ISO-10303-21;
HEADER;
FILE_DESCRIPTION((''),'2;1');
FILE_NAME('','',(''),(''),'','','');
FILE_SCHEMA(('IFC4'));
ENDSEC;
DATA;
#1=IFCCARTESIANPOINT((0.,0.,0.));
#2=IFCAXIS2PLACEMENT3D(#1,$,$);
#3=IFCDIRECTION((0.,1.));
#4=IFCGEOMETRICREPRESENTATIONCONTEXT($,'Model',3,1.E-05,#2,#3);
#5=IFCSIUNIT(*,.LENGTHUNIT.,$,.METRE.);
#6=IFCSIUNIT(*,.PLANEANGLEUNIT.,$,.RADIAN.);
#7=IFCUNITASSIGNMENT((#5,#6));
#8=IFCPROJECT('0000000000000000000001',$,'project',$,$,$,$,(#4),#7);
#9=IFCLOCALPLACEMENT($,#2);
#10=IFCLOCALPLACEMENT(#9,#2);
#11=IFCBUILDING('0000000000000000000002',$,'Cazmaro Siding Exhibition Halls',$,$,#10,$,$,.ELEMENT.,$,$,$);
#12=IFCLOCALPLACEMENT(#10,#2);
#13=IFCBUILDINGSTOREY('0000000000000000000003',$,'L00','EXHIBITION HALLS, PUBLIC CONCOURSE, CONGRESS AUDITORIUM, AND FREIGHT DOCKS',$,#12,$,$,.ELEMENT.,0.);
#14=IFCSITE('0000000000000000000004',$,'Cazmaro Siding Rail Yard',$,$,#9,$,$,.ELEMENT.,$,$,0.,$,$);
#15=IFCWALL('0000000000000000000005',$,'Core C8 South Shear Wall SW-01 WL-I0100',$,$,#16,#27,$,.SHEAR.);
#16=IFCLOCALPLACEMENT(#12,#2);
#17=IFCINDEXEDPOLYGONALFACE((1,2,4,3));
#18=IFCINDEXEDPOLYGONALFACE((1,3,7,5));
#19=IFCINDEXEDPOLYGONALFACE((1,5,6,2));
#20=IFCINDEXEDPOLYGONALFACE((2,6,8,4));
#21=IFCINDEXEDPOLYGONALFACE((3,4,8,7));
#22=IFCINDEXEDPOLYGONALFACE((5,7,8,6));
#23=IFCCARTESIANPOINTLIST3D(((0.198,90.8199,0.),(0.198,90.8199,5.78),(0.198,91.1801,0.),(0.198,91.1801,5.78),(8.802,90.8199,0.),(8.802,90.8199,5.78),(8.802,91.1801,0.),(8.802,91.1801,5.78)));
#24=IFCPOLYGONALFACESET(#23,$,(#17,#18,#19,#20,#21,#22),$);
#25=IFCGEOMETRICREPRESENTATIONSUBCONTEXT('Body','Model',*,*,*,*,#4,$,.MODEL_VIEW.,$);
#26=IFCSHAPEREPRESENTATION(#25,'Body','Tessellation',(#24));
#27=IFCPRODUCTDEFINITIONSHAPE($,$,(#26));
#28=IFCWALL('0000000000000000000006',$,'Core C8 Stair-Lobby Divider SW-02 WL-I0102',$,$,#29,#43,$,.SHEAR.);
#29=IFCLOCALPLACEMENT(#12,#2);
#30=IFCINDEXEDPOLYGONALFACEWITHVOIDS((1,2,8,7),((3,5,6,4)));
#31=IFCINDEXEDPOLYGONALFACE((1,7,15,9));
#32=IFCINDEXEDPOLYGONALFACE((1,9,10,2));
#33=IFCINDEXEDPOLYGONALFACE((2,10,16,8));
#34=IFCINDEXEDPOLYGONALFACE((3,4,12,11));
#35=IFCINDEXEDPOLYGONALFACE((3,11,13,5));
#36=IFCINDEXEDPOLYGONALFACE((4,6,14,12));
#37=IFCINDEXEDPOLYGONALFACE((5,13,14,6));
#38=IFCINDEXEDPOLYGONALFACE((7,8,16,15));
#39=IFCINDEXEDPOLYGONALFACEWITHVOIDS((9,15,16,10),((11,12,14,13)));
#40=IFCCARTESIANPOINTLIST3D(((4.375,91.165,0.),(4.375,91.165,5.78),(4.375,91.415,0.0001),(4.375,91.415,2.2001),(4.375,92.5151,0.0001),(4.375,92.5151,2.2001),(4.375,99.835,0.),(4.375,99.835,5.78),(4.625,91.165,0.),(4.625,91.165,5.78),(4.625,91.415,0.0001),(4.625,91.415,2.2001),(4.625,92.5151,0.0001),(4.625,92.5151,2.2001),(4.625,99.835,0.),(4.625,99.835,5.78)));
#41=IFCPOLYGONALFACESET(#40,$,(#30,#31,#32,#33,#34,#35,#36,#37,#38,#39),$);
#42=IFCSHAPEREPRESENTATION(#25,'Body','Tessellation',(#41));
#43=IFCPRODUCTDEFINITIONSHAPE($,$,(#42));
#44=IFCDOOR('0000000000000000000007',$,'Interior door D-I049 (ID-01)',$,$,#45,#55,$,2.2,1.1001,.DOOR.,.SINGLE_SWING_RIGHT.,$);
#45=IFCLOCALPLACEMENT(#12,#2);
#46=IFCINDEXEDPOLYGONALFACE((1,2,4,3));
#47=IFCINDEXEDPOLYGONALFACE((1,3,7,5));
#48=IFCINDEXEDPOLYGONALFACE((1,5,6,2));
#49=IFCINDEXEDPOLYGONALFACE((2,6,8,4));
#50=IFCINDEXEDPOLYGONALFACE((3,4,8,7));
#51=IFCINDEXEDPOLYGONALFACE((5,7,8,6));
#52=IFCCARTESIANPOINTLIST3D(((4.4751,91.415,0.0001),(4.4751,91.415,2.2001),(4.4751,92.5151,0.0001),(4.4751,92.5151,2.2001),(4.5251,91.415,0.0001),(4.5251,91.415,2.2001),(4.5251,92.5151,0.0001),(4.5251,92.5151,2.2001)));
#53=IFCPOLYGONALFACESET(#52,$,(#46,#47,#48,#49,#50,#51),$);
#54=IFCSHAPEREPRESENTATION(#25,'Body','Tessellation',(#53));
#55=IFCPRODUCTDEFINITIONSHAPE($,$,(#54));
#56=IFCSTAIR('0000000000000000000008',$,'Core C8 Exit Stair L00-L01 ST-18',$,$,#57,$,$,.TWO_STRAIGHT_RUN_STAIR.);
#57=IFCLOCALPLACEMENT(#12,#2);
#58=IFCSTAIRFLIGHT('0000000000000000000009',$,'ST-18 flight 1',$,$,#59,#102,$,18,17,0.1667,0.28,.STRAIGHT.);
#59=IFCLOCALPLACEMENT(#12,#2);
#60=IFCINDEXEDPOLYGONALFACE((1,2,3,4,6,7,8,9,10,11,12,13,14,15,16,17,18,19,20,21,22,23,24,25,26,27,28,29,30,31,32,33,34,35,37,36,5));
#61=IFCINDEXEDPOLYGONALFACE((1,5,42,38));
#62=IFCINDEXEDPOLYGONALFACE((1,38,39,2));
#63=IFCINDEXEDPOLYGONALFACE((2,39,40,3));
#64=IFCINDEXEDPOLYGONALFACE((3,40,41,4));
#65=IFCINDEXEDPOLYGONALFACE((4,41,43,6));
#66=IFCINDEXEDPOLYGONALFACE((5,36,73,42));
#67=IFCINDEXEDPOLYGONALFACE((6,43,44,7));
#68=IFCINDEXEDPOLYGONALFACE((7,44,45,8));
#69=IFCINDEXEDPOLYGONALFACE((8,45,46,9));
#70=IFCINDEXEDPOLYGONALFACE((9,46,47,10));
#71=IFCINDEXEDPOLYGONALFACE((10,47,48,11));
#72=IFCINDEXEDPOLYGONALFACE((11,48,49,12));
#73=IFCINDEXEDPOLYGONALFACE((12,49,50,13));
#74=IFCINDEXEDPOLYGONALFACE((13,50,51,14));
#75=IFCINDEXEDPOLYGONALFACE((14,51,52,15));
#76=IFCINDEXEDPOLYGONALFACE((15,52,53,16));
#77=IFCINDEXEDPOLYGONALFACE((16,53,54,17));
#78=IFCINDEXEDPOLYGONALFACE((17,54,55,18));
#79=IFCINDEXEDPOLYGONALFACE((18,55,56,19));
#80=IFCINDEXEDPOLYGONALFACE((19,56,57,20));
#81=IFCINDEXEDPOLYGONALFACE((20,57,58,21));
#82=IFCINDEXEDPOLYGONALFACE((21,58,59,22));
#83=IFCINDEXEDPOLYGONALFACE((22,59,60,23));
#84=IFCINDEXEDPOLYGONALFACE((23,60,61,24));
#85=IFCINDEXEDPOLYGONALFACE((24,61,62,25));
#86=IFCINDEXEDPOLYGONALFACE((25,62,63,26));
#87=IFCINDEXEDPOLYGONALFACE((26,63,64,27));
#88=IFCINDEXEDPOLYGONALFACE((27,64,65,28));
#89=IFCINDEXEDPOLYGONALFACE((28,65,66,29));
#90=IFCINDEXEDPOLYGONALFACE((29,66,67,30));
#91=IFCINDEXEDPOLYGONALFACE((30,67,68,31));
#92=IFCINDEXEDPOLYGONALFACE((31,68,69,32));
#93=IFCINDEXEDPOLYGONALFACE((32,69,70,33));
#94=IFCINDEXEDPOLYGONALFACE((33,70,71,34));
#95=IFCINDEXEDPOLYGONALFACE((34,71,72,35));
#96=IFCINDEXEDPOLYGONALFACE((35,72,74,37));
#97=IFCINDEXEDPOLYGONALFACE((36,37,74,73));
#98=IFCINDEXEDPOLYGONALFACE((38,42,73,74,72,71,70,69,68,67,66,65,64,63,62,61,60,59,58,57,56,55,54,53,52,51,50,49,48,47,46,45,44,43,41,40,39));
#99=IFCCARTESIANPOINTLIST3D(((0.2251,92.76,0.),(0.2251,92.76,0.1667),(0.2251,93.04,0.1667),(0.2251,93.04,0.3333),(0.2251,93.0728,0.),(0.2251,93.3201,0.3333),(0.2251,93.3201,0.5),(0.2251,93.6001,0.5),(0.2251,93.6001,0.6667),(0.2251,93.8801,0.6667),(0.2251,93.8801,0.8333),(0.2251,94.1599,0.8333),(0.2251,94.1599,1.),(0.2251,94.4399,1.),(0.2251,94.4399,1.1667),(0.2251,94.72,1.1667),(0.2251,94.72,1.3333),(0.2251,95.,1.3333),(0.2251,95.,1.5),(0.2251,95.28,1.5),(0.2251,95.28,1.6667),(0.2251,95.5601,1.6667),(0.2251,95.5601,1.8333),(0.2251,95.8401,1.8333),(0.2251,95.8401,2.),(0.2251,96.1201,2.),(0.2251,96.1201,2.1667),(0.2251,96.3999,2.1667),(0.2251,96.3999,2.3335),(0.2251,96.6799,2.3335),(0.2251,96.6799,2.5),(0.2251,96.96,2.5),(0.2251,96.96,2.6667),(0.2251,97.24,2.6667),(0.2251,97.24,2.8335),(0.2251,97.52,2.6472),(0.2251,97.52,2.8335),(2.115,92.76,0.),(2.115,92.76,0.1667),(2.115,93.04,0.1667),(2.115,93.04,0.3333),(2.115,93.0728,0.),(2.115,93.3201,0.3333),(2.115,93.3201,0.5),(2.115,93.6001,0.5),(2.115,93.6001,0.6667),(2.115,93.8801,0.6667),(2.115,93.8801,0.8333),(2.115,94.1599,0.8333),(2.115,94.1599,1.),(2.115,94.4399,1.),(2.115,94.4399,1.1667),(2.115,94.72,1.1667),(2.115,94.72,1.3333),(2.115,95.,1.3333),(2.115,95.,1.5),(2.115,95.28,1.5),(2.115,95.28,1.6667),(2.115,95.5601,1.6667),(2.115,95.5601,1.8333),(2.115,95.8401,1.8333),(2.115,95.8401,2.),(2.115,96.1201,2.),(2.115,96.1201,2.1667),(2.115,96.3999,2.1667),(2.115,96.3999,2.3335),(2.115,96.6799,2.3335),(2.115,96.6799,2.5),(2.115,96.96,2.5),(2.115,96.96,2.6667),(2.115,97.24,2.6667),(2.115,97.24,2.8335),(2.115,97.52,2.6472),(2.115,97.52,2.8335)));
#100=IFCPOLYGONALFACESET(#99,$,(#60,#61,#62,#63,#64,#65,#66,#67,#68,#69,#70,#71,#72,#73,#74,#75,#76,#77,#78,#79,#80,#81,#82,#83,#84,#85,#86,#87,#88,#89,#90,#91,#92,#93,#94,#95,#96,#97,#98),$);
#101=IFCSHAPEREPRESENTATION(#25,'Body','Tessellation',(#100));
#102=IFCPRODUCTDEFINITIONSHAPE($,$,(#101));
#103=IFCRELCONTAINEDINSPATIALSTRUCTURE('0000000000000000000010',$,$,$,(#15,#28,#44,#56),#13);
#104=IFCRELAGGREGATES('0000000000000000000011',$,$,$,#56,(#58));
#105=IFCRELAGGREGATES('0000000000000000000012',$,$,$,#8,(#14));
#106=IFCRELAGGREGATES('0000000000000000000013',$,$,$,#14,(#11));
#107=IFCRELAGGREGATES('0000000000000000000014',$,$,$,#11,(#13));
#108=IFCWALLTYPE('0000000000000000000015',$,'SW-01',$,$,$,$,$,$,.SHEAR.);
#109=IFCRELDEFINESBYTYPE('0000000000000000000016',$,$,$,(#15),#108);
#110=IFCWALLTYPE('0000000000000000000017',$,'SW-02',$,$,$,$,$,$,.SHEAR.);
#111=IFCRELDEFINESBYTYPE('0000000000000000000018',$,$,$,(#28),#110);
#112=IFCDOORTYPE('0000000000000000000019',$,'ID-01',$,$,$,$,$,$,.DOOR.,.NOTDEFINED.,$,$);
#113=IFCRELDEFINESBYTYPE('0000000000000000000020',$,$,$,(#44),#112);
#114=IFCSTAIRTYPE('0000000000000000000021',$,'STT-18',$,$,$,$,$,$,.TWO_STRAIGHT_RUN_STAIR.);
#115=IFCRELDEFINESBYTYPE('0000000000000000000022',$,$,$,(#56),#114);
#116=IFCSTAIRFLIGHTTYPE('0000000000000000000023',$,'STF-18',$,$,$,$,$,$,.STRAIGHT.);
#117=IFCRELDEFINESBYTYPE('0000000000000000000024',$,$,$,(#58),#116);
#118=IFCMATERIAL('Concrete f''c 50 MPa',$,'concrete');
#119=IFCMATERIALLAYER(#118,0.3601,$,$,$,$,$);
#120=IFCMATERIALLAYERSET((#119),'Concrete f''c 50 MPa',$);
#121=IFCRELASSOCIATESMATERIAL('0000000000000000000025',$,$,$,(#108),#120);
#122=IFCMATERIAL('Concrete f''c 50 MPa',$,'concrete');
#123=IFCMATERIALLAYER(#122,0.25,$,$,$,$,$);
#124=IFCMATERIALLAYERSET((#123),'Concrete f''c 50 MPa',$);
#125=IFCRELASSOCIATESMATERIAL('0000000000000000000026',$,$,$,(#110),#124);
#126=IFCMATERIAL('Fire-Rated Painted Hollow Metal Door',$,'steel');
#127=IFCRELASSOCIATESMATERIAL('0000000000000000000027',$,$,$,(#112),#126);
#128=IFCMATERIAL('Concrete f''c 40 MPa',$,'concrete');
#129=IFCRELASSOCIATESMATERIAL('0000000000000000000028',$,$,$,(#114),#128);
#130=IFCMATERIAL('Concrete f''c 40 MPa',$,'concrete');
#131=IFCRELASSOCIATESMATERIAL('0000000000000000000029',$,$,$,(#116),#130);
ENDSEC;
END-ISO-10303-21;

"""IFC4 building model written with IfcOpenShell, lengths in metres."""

from ifc_helpers import new_model, si_unit, direction, frame, frame_2d, origin, place, context, subcontext, project, spatial, polyline, rectangle, outline, extrude, material, layer, layer_set, type_object, element, fill, aggregate, save


model = new_model("IFC4")

# Units and contexts
model_context = context("Model", 3, precision=1e-05, world=origin(), true_north=direction((0.0, 1.0)))
body_context = subcontext(model_context, "Body", "Model", "MODEL_VIEW")
ifc_project = project(units=[si_unit("LENGTHUNIT", "METRE"), si_unit("PLANEANGLEUNIT", "RADIAN")], contexts=[model_context])

# Site, building, storey
site_placement = place(None, origin())
site = spatial("IfcSite", under=ifc_project, at=site_placement, Name="Cazmaro Siding Rail Yard", CompositionType="ELEMENT", RefElevation=0.0)
building_placement = place(site_placement, origin())
building = spatial("IfcBuilding", under=site, at=building_placement, Name="Cazmaro Siding Exhibition Halls", CompositionType="ELEMENT")
storey_placement = place(building_placement, origin())
storey = spatial("IfcBuildingStorey", under=building, at=storey_placement, Name="L00", Description="EXHIBITION HALLS, PUBLIC CONCOURSE, CONGRESS AUDITORIUM, AND FREIGHT DOCKS", CompositionType="ELEMENT", Elevation=0.0)

# Shared definitions
ifc_material_1 = material(Name="Concrete f'c 50 MPa", Category="concrete")
ifc_layer_1 = layer(ifc_material_1, 0.3601)
ifc_layer_set_1 = layer_set([ifc_layer_1], Name="Concrete f'c 50 MPa")
wall_type_1 = type_object("IfcWallType", Name="SW-01", PredefinedType="SHEAR", material=ifc_layer_set_1)

# Wall
wall_1_placement = place(storey_placement, frame((0.198, 91.0, 0.0), z_axis=(0.0, 0.0, 1.0), x_axis=(1.0, 0.0, 0.0)))
element("IfcWall", 1, at=wall_1_placement, inside=storey, type_object=wall_type_1, Name="Core C8 South Shear Wall SW-01 WL-I0100", PredefinedType="SHEAR", context=body_context, shape_type="SweptSolid", body=[
    extrude(rectangle(XDim=8.604, YDim=0.3601, at=frame_2d((4.302, 0.0))), origin(), (0.0, 0.0, 1.0), 5.78),
])

# Wall, opening, door
ifc_material_2 = material(Name="Concrete f'c 50 MPa", Category="concrete")
ifc_layer_2 = layer(ifc_material_2, 0.25)
ifc_layer_set_2 = layer_set([ifc_layer_2], Name="Concrete f'c 50 MPa")
wall_type_2 = type_object("IfcWallType", Name="SW-02", PredefinedType="SHEAR", material=ifc_layer_set_2)
wall_2_placement = place(storey_placement, frame((4.5, 91.165, 0.0), z_axis=(0.0, 0.0, 1.0), x_axis=(0.0, 1.0, 0.0)))
wall_2 = element("IfcWall", 2, at=wall_2_placement, inside=storey, type_object=wall_type_2, Name="Core C8 Stair-Lobby Divider SW-02 WL-I0102", PredefinedType="SHEAR", context=body_context, shape_type="SweptSolid", body=[
    extrude(rectangle(XDim=8.6699, YDim=0.25, at=frame_2d((4.335, 0.0))), origin(), (0.0, 0.0, 1.0), 5.78),
])
opening_1_placement = place(wall_2_placement, frame((0.25, 0.0, 0.0)))
opening_1 = element("IfcOpeningElement", 3, at=opening_1_placement, cuts=wall_2, PredefinedType="OPENING", context=body_context, shape_type="SweptSolid", body=[
    extrude(rectangle(XDim=1.1001, YDim=2.2, at=frame_2d((0.55, 1.1001))), frame((0.0, 0.135, 0.0), z_axis=(0.0, -1.0, 0.0), x_axis=(1.0, 0.0, 0.0)), (0.0, 0.0, 1.0), 0.27),
])
ifc_material_3 = material(Name="Fire-Rated Painted Hollow Metal Door", Category="steel")
door_type_1 = type_object("IfcDoorType", Name="ID-01", OperationType="NOTDEFINED", PredefinedType="DOOR", material=ifc_material_3)
door_1_placement = place(opening_1_placement, origin())
door_1 = element("IfcDoor", 4, at=door_1_placement, inside=storey, type_object=door_type_1, Name="Interior door D-I049 (ID-01)", OperationType="SINGLE_SWING_RIGHT", OverallHeight=2.2, OverallWidth=1.1001, PredefinedType="DOOR", context=body_context, shape_type="SweptSolid", body=[
    extrude(rectangle(XDim=1.1001, YDim=2.2, at=frame_2d((0.55, 1.1001))), frame((0.0, 0.0249, 0.0), z_axis=(0.0, -1.0, 0.0), x_axis=(1.0, 0.0, 0.0)), (0.0, 0.0, 1.0), 0.05),
])
fill(opening_1, door_1)

# Stair, stair flight
ifc_material_4 = material(Name="Concrete f'c 40 MPa", Category="concrete")
stair_type = type_object("IfcStairType", Name="STT-18", PredefinedType="TWO_STRAIGHT_RUN_STAIR", material=ifc_material_4)
stair_placement = place(storey_placement, origin())
stair = element("IfcStair", 5, at=stair_placement, inside=storey, type_object=stair_type, Name="Core C8 Exit Stair L00-L01 ST-18", PredefinedType="TWO_STRAIGHT_RUN_STAIR")
ifc_material_5 = material(Name="Concrete f'c 40 MPa", Category="concrete")
stair_flight_type = type_object("IfcStairFlightType", Name="STF-18", PredefinedType="STRAIGHT", material=ifc_material_5)
stair_flight_placement = place(storey_placement, frame((1.1699, 92.76, 0.0), z_axis=(0.0, 0.0, 1.0), x_axis=(0.0, 1.0, 0.0)))
stair_flight = element("IfcStairFlight", 6, at=stair_flight_placement, type_object=stair_flight_type, Name="ST-18 flight 1", NumberOfRisers=18, NumberOfTreads=17, PredefinedType="STRAIGHT", RiserHeight=0.1667, TreadLength=0.28, context=body_context, shape_type="SweptSolid", body=[
    extrude(outline(polyline([(0.0, 0.0), (0.0, 0.1667), (0.28, 0.1667), (0.28, 0.3333), (0.5601, 0.3333), (0.5601, 0.5), (0.8401, 0.5), (0.8401, 0.6667), (1.1201, 0.6667), (1.1201, 0.8333), (1.3999, 0.8333), (1.3999, 1.0), (1.6799, 1.0), (1.6799, 1.1667), (1.96, 1.1667), (1.96, 1.3333), (2.24, 1.3333), (2.24, 1.5), (2.52, 1.5), (2.52, 1.6667), (2.8, 1.6667), (2.8, 1.8333), (3.0801, 1.8333), (3.0801, 2.0), (3.3601, 2.0), (3.3601, 2.1667), (3.6399, 2.1667), (3.6399, 2.3335), (3.9199, 2.3335), (3.9199, 2.5), (4.2, 2.5), (4.2, 2.6667), (4.48, 2.6667), (4.48, 2.8335), (4.76, 2.8335), (4.76, 3.0), (4.76, 2.6472), (0.3127, 0.0), (0.0, 0.0)])), frame((0.0, 0.9448, 0.0), z_axis=(0.0, -1.0, 0.0), x_axis=(1.0, 0.0, 0.0)), (0.0, 0.0, 1.0), 1.8899),
])
aggregate(stair, [stair_flight])

save(model, "model.ifc")
